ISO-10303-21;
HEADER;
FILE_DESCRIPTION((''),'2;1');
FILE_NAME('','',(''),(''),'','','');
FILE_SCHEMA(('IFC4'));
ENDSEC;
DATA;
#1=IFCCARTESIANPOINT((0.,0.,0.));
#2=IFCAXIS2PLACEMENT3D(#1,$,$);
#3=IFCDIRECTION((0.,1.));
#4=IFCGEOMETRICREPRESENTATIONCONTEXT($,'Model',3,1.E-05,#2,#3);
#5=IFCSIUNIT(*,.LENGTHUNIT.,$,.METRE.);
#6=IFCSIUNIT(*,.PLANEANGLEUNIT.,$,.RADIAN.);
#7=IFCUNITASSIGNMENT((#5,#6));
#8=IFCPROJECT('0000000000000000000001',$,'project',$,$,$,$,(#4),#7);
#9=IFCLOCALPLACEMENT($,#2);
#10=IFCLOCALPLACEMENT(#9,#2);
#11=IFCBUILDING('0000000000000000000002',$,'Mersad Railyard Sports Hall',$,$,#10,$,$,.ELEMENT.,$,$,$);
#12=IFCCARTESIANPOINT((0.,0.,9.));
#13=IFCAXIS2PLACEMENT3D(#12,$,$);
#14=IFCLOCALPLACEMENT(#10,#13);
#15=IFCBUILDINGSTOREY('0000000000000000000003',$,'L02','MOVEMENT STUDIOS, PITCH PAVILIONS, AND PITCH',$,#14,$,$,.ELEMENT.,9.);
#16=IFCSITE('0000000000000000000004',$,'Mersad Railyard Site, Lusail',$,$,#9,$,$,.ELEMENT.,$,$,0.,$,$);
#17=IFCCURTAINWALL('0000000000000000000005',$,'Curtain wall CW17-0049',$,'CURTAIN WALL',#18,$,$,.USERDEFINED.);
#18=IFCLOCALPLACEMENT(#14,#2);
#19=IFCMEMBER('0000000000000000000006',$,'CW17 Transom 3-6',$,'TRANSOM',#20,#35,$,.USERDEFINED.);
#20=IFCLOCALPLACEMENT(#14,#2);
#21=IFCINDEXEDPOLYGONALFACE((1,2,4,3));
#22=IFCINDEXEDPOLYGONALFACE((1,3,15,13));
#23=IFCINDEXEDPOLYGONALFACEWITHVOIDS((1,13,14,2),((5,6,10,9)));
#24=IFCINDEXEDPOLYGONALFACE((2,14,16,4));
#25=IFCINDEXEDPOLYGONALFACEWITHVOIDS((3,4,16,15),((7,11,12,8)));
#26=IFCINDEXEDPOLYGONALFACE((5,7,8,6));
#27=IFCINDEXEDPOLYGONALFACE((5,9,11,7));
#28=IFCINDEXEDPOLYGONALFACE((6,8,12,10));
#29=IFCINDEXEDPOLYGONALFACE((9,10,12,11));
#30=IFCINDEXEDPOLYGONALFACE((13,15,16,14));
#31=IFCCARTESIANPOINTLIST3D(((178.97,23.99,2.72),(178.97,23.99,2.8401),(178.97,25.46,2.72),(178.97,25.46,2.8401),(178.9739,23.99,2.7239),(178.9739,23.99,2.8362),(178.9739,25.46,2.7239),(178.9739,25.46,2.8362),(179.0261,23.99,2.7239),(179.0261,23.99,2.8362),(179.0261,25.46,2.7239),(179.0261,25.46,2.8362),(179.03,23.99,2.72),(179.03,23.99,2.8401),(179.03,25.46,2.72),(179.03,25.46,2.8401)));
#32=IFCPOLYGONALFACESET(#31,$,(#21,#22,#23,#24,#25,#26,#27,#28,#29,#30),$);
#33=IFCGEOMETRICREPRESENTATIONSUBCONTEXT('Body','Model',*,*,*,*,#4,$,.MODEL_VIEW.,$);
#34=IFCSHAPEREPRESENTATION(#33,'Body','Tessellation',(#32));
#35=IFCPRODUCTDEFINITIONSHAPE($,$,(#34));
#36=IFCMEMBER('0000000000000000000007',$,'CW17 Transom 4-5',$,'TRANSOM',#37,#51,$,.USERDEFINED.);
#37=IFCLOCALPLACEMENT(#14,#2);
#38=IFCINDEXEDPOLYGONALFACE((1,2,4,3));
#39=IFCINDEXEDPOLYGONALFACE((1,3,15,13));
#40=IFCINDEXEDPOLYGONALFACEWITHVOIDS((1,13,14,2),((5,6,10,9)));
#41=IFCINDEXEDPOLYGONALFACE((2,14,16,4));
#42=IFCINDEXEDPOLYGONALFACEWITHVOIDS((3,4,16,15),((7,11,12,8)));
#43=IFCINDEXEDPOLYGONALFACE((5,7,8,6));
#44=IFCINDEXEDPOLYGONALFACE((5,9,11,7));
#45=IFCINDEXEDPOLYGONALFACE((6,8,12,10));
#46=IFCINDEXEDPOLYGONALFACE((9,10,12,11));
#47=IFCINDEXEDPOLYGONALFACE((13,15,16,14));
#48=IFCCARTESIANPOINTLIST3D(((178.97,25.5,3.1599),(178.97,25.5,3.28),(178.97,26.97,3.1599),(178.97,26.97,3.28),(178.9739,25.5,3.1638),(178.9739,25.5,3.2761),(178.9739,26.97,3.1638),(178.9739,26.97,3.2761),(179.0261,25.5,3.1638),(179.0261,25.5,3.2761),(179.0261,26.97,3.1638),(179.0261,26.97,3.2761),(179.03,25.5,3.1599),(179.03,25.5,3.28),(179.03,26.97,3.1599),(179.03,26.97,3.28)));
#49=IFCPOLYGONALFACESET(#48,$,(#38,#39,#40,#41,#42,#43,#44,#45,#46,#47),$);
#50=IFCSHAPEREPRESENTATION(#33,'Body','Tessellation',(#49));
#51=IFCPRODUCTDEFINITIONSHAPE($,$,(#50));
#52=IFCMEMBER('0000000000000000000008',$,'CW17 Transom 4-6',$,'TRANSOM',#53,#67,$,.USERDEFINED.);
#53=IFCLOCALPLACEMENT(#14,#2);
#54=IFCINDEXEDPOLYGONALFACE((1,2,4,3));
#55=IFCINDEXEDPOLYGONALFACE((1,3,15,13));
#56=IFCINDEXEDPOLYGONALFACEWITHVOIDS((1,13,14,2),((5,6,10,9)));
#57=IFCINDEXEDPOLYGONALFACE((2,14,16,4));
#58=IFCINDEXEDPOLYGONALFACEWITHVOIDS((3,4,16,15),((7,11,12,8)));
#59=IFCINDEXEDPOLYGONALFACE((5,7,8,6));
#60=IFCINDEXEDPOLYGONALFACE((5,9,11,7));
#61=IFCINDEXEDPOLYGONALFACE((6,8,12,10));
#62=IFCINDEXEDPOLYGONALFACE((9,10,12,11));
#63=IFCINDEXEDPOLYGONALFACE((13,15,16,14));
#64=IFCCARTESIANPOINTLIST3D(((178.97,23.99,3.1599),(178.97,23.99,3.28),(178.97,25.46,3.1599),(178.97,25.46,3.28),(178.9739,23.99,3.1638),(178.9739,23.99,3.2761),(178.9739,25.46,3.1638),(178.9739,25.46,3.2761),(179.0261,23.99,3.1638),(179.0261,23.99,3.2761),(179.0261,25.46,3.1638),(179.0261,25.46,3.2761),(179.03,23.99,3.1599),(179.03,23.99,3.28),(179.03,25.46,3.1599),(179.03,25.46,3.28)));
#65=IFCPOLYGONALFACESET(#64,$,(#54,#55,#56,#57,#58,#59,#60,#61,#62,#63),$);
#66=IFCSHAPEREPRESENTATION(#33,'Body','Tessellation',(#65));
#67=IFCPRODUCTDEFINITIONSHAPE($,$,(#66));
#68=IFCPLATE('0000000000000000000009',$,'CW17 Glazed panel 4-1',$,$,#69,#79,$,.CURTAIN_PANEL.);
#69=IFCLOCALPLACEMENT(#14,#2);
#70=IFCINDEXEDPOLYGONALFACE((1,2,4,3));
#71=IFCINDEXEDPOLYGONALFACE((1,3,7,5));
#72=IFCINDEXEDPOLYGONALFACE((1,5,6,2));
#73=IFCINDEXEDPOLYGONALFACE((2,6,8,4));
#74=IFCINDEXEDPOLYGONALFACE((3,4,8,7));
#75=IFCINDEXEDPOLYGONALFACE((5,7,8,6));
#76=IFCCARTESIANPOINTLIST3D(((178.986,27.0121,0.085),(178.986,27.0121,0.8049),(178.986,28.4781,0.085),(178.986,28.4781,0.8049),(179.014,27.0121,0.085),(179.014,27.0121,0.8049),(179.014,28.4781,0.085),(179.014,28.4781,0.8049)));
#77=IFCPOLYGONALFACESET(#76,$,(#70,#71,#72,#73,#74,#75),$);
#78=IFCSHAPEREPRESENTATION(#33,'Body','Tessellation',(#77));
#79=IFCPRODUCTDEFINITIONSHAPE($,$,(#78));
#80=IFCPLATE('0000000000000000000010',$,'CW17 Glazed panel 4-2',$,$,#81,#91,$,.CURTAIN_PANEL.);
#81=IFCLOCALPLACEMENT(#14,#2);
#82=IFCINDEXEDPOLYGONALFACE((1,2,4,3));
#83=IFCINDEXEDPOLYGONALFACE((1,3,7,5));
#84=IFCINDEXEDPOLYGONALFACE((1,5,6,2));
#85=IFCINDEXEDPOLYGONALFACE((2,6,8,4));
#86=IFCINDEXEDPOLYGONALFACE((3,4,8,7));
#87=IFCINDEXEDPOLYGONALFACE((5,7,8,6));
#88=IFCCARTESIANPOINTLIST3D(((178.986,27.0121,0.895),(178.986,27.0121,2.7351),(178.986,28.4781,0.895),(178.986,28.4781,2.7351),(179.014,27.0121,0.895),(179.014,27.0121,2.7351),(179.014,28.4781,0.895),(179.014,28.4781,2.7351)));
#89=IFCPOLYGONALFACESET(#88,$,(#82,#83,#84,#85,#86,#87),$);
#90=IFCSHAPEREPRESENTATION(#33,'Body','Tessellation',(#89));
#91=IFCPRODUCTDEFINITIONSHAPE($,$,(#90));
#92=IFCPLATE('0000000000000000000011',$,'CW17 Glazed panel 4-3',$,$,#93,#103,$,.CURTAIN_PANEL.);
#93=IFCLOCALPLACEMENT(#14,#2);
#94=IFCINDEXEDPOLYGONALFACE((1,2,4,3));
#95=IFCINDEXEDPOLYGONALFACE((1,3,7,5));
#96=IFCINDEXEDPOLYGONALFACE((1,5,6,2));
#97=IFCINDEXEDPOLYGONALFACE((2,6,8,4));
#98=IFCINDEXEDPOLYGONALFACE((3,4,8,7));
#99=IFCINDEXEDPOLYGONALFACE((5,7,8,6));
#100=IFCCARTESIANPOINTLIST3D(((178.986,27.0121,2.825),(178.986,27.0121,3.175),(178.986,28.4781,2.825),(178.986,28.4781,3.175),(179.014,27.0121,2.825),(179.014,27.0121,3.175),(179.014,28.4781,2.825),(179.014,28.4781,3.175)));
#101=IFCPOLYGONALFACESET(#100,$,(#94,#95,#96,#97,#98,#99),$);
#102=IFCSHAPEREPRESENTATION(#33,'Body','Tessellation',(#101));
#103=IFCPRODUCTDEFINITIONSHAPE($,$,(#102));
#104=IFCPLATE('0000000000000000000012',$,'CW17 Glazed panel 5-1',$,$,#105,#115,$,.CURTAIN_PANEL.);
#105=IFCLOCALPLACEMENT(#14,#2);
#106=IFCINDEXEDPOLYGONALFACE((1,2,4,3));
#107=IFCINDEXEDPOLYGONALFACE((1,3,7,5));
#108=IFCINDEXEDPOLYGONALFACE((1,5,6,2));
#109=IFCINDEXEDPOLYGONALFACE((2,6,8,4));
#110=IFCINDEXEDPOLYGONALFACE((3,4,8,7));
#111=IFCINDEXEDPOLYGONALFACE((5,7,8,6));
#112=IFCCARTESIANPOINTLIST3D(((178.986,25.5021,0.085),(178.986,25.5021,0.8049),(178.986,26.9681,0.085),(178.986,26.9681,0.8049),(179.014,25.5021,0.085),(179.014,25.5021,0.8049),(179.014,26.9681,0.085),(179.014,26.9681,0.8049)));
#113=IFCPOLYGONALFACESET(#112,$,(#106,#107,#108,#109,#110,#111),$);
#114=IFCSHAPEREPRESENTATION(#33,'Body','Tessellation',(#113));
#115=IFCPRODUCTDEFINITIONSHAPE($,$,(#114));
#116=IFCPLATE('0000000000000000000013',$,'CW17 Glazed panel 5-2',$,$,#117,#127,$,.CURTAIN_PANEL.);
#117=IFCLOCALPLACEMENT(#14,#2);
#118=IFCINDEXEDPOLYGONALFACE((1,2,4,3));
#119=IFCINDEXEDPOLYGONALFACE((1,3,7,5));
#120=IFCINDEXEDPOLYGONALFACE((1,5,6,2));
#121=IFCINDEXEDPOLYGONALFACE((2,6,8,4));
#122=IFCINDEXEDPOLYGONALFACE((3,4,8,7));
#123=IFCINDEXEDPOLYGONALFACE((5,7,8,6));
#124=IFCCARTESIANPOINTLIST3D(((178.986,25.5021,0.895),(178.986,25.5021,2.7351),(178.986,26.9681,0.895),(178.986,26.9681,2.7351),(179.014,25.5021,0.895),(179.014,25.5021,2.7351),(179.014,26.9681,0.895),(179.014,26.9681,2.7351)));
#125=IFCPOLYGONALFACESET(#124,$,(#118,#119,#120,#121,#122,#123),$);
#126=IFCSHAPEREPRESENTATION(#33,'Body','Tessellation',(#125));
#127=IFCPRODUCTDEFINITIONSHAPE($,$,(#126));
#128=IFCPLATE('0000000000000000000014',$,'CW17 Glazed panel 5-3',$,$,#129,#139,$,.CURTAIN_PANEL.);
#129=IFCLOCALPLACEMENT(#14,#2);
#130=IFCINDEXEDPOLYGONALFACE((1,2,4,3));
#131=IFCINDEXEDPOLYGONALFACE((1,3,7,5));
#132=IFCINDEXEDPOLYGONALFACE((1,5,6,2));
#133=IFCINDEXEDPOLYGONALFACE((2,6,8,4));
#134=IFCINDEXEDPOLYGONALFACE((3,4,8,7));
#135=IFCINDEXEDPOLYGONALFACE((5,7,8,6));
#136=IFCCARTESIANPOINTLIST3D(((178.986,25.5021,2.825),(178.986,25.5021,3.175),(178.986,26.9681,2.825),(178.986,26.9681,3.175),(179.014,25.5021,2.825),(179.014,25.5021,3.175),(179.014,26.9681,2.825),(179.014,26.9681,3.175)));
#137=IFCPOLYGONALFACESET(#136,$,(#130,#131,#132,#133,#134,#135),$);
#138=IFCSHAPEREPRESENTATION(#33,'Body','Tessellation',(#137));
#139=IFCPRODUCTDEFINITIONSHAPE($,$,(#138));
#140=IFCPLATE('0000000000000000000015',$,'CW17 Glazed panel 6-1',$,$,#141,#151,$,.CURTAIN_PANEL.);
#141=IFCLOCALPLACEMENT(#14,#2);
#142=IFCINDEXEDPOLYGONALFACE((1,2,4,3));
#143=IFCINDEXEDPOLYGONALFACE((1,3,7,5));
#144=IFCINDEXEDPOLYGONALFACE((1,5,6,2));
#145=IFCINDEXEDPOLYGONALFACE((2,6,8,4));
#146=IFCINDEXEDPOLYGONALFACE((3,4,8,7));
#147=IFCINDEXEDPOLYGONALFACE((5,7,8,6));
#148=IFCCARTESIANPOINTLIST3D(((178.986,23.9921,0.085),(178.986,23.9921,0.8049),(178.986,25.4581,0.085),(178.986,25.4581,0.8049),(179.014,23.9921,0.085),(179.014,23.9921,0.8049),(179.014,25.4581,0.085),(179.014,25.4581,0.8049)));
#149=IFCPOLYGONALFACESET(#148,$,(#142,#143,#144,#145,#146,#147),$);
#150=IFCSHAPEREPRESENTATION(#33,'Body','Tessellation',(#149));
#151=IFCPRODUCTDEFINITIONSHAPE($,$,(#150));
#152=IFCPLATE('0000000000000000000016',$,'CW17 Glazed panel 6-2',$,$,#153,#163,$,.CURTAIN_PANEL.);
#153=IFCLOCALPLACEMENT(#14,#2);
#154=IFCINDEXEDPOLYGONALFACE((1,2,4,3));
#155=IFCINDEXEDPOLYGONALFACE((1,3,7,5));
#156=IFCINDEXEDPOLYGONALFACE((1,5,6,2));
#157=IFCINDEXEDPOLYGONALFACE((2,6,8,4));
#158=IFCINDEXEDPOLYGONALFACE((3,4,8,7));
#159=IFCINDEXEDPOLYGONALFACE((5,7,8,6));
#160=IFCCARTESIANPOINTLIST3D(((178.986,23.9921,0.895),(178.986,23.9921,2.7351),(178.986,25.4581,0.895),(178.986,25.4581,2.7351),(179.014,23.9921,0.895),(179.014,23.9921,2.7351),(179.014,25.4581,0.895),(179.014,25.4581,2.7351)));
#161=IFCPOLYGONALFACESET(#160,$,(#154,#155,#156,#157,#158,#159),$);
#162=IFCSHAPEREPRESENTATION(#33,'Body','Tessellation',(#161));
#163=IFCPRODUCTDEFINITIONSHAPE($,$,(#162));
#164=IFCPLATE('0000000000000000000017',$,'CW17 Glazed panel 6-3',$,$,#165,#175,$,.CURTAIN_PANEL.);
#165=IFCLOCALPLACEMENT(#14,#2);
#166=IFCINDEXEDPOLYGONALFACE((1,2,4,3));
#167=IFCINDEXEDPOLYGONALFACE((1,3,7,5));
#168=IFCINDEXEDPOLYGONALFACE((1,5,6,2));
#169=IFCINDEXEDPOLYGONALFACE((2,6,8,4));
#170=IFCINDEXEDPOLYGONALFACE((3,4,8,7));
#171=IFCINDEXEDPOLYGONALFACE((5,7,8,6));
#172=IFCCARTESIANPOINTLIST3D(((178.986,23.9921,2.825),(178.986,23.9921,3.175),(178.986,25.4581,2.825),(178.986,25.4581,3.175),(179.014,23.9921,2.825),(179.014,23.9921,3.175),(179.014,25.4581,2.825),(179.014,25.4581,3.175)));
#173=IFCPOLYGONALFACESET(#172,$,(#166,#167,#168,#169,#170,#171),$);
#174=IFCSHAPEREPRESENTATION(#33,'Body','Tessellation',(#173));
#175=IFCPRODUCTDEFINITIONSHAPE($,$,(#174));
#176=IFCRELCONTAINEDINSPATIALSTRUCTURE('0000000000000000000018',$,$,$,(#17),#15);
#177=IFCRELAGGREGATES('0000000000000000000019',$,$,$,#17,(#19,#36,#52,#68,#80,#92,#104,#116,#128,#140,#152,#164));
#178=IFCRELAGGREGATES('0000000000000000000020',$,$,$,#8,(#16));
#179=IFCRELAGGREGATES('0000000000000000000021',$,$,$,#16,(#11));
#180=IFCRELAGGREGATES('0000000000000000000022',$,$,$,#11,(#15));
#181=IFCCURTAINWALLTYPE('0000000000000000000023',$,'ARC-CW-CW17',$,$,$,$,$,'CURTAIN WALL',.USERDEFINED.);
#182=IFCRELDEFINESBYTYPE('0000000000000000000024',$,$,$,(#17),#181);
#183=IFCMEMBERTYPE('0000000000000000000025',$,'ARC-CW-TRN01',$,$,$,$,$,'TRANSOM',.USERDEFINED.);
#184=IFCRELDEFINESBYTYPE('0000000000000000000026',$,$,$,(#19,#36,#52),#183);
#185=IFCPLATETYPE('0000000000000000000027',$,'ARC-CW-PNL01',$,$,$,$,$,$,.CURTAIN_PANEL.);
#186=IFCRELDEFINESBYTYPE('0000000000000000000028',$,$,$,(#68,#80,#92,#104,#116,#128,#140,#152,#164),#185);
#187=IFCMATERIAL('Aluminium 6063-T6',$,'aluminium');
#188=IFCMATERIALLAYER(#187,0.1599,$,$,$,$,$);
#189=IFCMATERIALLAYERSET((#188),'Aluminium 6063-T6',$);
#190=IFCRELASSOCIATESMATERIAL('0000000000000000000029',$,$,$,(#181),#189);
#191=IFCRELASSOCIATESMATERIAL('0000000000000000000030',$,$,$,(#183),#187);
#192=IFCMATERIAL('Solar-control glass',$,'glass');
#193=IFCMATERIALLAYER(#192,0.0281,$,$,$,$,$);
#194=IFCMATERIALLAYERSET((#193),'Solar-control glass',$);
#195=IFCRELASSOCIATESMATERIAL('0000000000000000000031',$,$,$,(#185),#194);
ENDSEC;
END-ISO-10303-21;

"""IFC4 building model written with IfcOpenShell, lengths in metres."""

from ifc_helpers import new_model, si_unit, direction, frame, origin, origin_2d, place, context, subcontext, project, spatial, rectangle, hollow_rectangle, extrude, material, layer, layer_set, material_profile, profile_set, type_object, element, aggregate, save


model = new_model("IFC4")

# Units and contexts
model_context = context("Model", 3, precision=1e-05, world=origin(), true_north=direction((0.0, 1.0)))
body_context = subcontext(model_context, "Body", "Model", "MODEL_VIEW")
ifc_project = project(units=[si_unit("LENGTHUNIT", "METRE"), si_unit("PLANEANGLEUNIT", "RADIAN")], contexts=[model_context])

# Site, building, storey
site_placement = place(None, origin())
site = spatial("IfcSite", under=ifc_project, at=site_placement, Name="Mersad Railyard Site, Lusail", CompositionType="ELEMENT", RefElevation=0.0)
building_placement = place(site_placement, origin())
building = spatial("IfcBuilding", under=site, at=building_placement, Name="Mersad Railyard Sports Hall", CompositionType="ELEMENT")
storey_placement = place(building_placement, frame((0.0, 0.0, 9.0)))
storey = spatial("IfcBuildingStorey", under=building, at=storey_placement, Name="L02", Description="MOVEMENT STUDIOS, PITCH PAVILIONS, AND PITCH", CompositionType="ELEMENT", Elevation=9.0)

# Curtain wall, members, plates
ifc_material_1 = material(Name="Aluminium 6063-T6", Category="aluminium")
ifc_layer_1 = layer(ifc_material_1, 0.1599)
ifc_layer_set_1 = layer_set([ifc_layer_1], Name="Aluminium 6063-T6")
curtain_wall_type = type_object("IfcCurtainWallType", Name="ARC-CW-CW17", ElementType="CURTAIN WALL", PredefinedType="USERDEFINED", material=ifc_layer_set_1)
curtain_wall_placement = place(storey_placement, origin())
curtain_wall = element("IfcCurtainWall", 1, at=curtain_wall_placement, inside=storey, type_object=curtain_wall_type, Name="Curtain wall CW17-0049", ObjectType="CURTAIN WALL", PredefinedType="USERDEFINED")
ifc_material_profile_1 = material_profile(ifc_material_1, hollow_rectangle(XDim=0.0601, YDim=0.1201, WallThickness=0.0039, at=origin_2d()), Name="AL TRANSOM 60x120x4")
ifc_profile_set_1 = profile_set([ifc_material_profile_1], Name="Aluminium 6063-T6")
member_type_1 = type_object("IfcMemberType", Name="ARC-CW-TRN01", ElementType="TRANSOM", PredefinedType="USERDEFINED", material=ifc_profile_set_1)
member_1_placement = place(storey_placement, frame((179.0, 25.46, 2.78), z_axis=(0.0, -1.0, 0.0), x_axis=(1.0, 0.0, 0.0)))
member_1 = element("IfcMember", 2, at=member_1_placement, type_object=member_type_1, Name="CW17 Transom 3-6", ObjectType="TRANSOM", PredefinedType="USERDEFINED", context=body_context, shape_type="SweptSolid", body=[
    extrude(hollow_rectangle(XDim=0.0601, YDim=0.1201, WallThickness=0.0039, at=origin_2d()), origin(), (0.0, 0.0, 1.0), 1.47),
])
member_2_placement = place(storey_placement, frame((179.0, 26.97, 3.22), z_axis=(0.0, -1.0, 0.0), x_axis=(1.0, 0.0, 0.0)))
member_2 = element("IfcMember", 3, at=member_2_placement, type_object=member_type_1, Name="CW17 Transom 4-5", ObjectType="TRANSOM", PredefinedType="USERDEFINED", context=body_context, shape_type="SweptSolid", body=[
    extrude(hollow_rectangle(XDim=0.0601, YDim=0.1201, WallThickness=0.0039, at=origin_2d()), origin(), (0.0, 0.0, 1.0), 1.47),
])
member_3_placement = place(storey_placement, frame((179.0, 25.46, 3.22), z_axis=(0.0, -1.0, 0.0), x_axis=(1.0, 0.0, 0.0)))
member_3 = element("IfcMember", 4, at=member_3_placement, type_object=member_type_1, Name="CW17 Transom 4-6", ObjectType="TRANSOM", PredefinedType="USERDEFINED", context=body_context, shape_type="SweptSolid", body=[
    extrude(hollow_rectangle(XDim=0.0601, YDim=0.1201, WallThickness=0.0039, at=origin_2d()), origin(), (0.0, 0.0, 1.0), 1.47),
])
ifc_material_2 = material(Name="Solar-control glass", Category="glass")
ifc_layer_2 = layer(ifc_material_2, 0.0281)
ifc_layer_set_2 = layer_set([ifc_layer_2], Name="Solar-control glass")
plate_type = type_object("IfcPlateType", Name="ARC-CW-PNL01", PredefinedType="CURTAIN_PANEL", material=ifc_layer_set_2)
plate_1_placement = place(storey_placement, frame((179.0, 27.7451, 0.085), z_axis=(0.0, 0.0, 1.0), x_axis=(0.0, -1.0, 0.0)))
plate_1 = element("IfcPlate", 5, at=plate_1_placement, type_object=plate_type, Name="CW17 Glazed panel 4-1", PredefinedType="CURTAIN_PANEL", context=body_context, shape_type="SweptSolid", body=[
    extrude(rectangle(XDim=1.4661, YDim=0.0281, at=origin_2d()), origin(), (0.0, 0.0, 1.0), 0.72),
])
plate_2_placement = place(storey_placement, frame((179.0, 27.7451, 0.895), z_axis=(0.0, 0.0, 1.0), x_axis=(0.0, -1.0, 0.0)))
plate_2 = element("IfcPlate", 6, at=plate_2_placement, type_object=plate_type, Name="CW17 Glazed panel 4-2", PredefinedType="CURTAIN_PANEL", context=body_context, shape_type="SweptSolid", body=[
    extrude(rectangle(XDim=1.4661, YDim=0.0281, at=origin_2d()), origin(), (0.0, 0.0, 1.0), 1.8401),
])
plate_3_placement = place(storey_placement, frame((179.0, 27.7451, 2.825), z_axis=(0.0, 0.0, 1.0), x_axis=(0.0, -1.0, 0.0)))
plate_3 = element("IfcPlate", 7, at=plate_3_placement, type_object=plate_type, Name="CW17 Glazed panel 4-3", PredefinedType="CURTAIN_PANEL", context=body_context, shape_type="SweptSolid", body=[
    extrude(rectangle(XDim=1.4661, YDim=0.0281, at=origin_2d()), origin(), (0.0, 0.0, 1.0), 0.3501),
])
plate_4_placement = place(storey_placement, frame((179.0, 26.2351, 0.085), z_axis=(0.0, 0.0, 1.0), x_axis=(0.0, -1.0, 0.0)))
plate_4 = element("IfcPlate", 8, at=plate_4_placement, type_object=plate_type, Name="CW17 Glazed panel 5-1", PredefinedType="CURTAIN_PANEL", context=body_context, shape_type="SweptSolid", body=[
    extrude(rectangle(XDim=1.4661, YDim=0.0281, at=origin_2d()), origin(), (0.0, 0.0, 1.0), 0.72),
])
plate_5_placement = place(storey_placement, frame((179.0, 26.2351, 0.895), z_axis=(0.0, 0.0, 1.0), x_axis=(0.0, -1.0, 0.0)))
plate_5 = element("IfcPlate", 9, at=plate_5_placement, type_object=plate_type, Name="CW17 Glazed panel 5-2", PredefinedType="CURTAIN_PANEL", context=body_context, shape_type="SweptSolid", body=[
    extrude(rectangle(XDim=1.4661, YDim=0.0281, at=origin_2d()), origin(), (0.0, 0.0, 1.0), 1.8401),
])
plate_6_placement = place(storey_placement, frame((179.0, 26.2351, 2.825), z_axis=(0.0, 0.0, 1.0), x_axis=(0.0, -1.0, 0.0)))
plate_6 = element("IfcPlate", 10, at=plate_6_placement, type_object=plate_type, Name="CW17 Glazed panel 5-3", PredefinedType="CURTAIN_PANEL", context=body_context, shape_type="SweptSolid", body=[
    extrude(rectangle(XDim=1.4661, YDim=0.0281, at=origin_2d()), origin(), (0.0, 0.0, 1.0), 0.3501),
])
plate_7_placement = place(storey_placement, frame((179.0, 24.7251, 0.085), z_axis=(0.0, 0.0, 1.0), x_axis=(0.0, -1.0, 0.0)))
plate_7 = element("IfcPlate", 11, at=plate_7_placement, type_object=plate_type, Name="CW17 Glazed panel 6-1", PredefinedType="CURTAIN_PANEL", context=body_context, shape_type="SweptSolid", body=[
    extrude(rectangle(XDim=1.4661, YDim=0.0281, at=origin_2d()), origin(), (0.0, 0.0, 1.0), 0.72),
])
plate_8_placement = place(storey_placement, frame((179.0, 24.7251, 0.895), z_axis=(0.0, 0.0, 1.0), x_axis=(0.0, -1.0, 0.0)))
plate_8 = element("IfcPlate", 12, at=plate_8_placement, type_object=plate_type, Name="CW17 Glazed panel 6-2", PredefinedType="CURTAIN_PANEL", context=body_context, shape_type="SweptSolid", body=[
    extrude(rectangle(XDim=1.4661, YDim=0.0281, at=origin_2d()), origin(), (0.0, 0.0, 1.0), 1.8401),
])
plate_9_placement = place(storey_placement, frame((179.0, 24.7251, 2.825), z_axis=(0.0, 0.0, 1.0), x_axis=(0.0, -1.0, 0.0)))
plate_9 = element("IfcPlate", 13, at=plate_9_placement, type_object=plate_type, Name="CW17 Glazed panel 6-3", PredefinedType="CURTAIN_PANEL", context=body_context, shape_type="SweptSolid", body=[
    extrude(rectangle(XDim=1.4661, YDim=0.0281, at=origin_2d()), origin(), (0.0, 0.0, 1.0), 0.3501),
])
aggregate(curtain_wall, [member_1, member_2, member_3, plate_1, plate_2, plate_3, plate_4, plate_5, plate_6, plate_7, plate_8, plate_9])

save(model, "model.ifc")
